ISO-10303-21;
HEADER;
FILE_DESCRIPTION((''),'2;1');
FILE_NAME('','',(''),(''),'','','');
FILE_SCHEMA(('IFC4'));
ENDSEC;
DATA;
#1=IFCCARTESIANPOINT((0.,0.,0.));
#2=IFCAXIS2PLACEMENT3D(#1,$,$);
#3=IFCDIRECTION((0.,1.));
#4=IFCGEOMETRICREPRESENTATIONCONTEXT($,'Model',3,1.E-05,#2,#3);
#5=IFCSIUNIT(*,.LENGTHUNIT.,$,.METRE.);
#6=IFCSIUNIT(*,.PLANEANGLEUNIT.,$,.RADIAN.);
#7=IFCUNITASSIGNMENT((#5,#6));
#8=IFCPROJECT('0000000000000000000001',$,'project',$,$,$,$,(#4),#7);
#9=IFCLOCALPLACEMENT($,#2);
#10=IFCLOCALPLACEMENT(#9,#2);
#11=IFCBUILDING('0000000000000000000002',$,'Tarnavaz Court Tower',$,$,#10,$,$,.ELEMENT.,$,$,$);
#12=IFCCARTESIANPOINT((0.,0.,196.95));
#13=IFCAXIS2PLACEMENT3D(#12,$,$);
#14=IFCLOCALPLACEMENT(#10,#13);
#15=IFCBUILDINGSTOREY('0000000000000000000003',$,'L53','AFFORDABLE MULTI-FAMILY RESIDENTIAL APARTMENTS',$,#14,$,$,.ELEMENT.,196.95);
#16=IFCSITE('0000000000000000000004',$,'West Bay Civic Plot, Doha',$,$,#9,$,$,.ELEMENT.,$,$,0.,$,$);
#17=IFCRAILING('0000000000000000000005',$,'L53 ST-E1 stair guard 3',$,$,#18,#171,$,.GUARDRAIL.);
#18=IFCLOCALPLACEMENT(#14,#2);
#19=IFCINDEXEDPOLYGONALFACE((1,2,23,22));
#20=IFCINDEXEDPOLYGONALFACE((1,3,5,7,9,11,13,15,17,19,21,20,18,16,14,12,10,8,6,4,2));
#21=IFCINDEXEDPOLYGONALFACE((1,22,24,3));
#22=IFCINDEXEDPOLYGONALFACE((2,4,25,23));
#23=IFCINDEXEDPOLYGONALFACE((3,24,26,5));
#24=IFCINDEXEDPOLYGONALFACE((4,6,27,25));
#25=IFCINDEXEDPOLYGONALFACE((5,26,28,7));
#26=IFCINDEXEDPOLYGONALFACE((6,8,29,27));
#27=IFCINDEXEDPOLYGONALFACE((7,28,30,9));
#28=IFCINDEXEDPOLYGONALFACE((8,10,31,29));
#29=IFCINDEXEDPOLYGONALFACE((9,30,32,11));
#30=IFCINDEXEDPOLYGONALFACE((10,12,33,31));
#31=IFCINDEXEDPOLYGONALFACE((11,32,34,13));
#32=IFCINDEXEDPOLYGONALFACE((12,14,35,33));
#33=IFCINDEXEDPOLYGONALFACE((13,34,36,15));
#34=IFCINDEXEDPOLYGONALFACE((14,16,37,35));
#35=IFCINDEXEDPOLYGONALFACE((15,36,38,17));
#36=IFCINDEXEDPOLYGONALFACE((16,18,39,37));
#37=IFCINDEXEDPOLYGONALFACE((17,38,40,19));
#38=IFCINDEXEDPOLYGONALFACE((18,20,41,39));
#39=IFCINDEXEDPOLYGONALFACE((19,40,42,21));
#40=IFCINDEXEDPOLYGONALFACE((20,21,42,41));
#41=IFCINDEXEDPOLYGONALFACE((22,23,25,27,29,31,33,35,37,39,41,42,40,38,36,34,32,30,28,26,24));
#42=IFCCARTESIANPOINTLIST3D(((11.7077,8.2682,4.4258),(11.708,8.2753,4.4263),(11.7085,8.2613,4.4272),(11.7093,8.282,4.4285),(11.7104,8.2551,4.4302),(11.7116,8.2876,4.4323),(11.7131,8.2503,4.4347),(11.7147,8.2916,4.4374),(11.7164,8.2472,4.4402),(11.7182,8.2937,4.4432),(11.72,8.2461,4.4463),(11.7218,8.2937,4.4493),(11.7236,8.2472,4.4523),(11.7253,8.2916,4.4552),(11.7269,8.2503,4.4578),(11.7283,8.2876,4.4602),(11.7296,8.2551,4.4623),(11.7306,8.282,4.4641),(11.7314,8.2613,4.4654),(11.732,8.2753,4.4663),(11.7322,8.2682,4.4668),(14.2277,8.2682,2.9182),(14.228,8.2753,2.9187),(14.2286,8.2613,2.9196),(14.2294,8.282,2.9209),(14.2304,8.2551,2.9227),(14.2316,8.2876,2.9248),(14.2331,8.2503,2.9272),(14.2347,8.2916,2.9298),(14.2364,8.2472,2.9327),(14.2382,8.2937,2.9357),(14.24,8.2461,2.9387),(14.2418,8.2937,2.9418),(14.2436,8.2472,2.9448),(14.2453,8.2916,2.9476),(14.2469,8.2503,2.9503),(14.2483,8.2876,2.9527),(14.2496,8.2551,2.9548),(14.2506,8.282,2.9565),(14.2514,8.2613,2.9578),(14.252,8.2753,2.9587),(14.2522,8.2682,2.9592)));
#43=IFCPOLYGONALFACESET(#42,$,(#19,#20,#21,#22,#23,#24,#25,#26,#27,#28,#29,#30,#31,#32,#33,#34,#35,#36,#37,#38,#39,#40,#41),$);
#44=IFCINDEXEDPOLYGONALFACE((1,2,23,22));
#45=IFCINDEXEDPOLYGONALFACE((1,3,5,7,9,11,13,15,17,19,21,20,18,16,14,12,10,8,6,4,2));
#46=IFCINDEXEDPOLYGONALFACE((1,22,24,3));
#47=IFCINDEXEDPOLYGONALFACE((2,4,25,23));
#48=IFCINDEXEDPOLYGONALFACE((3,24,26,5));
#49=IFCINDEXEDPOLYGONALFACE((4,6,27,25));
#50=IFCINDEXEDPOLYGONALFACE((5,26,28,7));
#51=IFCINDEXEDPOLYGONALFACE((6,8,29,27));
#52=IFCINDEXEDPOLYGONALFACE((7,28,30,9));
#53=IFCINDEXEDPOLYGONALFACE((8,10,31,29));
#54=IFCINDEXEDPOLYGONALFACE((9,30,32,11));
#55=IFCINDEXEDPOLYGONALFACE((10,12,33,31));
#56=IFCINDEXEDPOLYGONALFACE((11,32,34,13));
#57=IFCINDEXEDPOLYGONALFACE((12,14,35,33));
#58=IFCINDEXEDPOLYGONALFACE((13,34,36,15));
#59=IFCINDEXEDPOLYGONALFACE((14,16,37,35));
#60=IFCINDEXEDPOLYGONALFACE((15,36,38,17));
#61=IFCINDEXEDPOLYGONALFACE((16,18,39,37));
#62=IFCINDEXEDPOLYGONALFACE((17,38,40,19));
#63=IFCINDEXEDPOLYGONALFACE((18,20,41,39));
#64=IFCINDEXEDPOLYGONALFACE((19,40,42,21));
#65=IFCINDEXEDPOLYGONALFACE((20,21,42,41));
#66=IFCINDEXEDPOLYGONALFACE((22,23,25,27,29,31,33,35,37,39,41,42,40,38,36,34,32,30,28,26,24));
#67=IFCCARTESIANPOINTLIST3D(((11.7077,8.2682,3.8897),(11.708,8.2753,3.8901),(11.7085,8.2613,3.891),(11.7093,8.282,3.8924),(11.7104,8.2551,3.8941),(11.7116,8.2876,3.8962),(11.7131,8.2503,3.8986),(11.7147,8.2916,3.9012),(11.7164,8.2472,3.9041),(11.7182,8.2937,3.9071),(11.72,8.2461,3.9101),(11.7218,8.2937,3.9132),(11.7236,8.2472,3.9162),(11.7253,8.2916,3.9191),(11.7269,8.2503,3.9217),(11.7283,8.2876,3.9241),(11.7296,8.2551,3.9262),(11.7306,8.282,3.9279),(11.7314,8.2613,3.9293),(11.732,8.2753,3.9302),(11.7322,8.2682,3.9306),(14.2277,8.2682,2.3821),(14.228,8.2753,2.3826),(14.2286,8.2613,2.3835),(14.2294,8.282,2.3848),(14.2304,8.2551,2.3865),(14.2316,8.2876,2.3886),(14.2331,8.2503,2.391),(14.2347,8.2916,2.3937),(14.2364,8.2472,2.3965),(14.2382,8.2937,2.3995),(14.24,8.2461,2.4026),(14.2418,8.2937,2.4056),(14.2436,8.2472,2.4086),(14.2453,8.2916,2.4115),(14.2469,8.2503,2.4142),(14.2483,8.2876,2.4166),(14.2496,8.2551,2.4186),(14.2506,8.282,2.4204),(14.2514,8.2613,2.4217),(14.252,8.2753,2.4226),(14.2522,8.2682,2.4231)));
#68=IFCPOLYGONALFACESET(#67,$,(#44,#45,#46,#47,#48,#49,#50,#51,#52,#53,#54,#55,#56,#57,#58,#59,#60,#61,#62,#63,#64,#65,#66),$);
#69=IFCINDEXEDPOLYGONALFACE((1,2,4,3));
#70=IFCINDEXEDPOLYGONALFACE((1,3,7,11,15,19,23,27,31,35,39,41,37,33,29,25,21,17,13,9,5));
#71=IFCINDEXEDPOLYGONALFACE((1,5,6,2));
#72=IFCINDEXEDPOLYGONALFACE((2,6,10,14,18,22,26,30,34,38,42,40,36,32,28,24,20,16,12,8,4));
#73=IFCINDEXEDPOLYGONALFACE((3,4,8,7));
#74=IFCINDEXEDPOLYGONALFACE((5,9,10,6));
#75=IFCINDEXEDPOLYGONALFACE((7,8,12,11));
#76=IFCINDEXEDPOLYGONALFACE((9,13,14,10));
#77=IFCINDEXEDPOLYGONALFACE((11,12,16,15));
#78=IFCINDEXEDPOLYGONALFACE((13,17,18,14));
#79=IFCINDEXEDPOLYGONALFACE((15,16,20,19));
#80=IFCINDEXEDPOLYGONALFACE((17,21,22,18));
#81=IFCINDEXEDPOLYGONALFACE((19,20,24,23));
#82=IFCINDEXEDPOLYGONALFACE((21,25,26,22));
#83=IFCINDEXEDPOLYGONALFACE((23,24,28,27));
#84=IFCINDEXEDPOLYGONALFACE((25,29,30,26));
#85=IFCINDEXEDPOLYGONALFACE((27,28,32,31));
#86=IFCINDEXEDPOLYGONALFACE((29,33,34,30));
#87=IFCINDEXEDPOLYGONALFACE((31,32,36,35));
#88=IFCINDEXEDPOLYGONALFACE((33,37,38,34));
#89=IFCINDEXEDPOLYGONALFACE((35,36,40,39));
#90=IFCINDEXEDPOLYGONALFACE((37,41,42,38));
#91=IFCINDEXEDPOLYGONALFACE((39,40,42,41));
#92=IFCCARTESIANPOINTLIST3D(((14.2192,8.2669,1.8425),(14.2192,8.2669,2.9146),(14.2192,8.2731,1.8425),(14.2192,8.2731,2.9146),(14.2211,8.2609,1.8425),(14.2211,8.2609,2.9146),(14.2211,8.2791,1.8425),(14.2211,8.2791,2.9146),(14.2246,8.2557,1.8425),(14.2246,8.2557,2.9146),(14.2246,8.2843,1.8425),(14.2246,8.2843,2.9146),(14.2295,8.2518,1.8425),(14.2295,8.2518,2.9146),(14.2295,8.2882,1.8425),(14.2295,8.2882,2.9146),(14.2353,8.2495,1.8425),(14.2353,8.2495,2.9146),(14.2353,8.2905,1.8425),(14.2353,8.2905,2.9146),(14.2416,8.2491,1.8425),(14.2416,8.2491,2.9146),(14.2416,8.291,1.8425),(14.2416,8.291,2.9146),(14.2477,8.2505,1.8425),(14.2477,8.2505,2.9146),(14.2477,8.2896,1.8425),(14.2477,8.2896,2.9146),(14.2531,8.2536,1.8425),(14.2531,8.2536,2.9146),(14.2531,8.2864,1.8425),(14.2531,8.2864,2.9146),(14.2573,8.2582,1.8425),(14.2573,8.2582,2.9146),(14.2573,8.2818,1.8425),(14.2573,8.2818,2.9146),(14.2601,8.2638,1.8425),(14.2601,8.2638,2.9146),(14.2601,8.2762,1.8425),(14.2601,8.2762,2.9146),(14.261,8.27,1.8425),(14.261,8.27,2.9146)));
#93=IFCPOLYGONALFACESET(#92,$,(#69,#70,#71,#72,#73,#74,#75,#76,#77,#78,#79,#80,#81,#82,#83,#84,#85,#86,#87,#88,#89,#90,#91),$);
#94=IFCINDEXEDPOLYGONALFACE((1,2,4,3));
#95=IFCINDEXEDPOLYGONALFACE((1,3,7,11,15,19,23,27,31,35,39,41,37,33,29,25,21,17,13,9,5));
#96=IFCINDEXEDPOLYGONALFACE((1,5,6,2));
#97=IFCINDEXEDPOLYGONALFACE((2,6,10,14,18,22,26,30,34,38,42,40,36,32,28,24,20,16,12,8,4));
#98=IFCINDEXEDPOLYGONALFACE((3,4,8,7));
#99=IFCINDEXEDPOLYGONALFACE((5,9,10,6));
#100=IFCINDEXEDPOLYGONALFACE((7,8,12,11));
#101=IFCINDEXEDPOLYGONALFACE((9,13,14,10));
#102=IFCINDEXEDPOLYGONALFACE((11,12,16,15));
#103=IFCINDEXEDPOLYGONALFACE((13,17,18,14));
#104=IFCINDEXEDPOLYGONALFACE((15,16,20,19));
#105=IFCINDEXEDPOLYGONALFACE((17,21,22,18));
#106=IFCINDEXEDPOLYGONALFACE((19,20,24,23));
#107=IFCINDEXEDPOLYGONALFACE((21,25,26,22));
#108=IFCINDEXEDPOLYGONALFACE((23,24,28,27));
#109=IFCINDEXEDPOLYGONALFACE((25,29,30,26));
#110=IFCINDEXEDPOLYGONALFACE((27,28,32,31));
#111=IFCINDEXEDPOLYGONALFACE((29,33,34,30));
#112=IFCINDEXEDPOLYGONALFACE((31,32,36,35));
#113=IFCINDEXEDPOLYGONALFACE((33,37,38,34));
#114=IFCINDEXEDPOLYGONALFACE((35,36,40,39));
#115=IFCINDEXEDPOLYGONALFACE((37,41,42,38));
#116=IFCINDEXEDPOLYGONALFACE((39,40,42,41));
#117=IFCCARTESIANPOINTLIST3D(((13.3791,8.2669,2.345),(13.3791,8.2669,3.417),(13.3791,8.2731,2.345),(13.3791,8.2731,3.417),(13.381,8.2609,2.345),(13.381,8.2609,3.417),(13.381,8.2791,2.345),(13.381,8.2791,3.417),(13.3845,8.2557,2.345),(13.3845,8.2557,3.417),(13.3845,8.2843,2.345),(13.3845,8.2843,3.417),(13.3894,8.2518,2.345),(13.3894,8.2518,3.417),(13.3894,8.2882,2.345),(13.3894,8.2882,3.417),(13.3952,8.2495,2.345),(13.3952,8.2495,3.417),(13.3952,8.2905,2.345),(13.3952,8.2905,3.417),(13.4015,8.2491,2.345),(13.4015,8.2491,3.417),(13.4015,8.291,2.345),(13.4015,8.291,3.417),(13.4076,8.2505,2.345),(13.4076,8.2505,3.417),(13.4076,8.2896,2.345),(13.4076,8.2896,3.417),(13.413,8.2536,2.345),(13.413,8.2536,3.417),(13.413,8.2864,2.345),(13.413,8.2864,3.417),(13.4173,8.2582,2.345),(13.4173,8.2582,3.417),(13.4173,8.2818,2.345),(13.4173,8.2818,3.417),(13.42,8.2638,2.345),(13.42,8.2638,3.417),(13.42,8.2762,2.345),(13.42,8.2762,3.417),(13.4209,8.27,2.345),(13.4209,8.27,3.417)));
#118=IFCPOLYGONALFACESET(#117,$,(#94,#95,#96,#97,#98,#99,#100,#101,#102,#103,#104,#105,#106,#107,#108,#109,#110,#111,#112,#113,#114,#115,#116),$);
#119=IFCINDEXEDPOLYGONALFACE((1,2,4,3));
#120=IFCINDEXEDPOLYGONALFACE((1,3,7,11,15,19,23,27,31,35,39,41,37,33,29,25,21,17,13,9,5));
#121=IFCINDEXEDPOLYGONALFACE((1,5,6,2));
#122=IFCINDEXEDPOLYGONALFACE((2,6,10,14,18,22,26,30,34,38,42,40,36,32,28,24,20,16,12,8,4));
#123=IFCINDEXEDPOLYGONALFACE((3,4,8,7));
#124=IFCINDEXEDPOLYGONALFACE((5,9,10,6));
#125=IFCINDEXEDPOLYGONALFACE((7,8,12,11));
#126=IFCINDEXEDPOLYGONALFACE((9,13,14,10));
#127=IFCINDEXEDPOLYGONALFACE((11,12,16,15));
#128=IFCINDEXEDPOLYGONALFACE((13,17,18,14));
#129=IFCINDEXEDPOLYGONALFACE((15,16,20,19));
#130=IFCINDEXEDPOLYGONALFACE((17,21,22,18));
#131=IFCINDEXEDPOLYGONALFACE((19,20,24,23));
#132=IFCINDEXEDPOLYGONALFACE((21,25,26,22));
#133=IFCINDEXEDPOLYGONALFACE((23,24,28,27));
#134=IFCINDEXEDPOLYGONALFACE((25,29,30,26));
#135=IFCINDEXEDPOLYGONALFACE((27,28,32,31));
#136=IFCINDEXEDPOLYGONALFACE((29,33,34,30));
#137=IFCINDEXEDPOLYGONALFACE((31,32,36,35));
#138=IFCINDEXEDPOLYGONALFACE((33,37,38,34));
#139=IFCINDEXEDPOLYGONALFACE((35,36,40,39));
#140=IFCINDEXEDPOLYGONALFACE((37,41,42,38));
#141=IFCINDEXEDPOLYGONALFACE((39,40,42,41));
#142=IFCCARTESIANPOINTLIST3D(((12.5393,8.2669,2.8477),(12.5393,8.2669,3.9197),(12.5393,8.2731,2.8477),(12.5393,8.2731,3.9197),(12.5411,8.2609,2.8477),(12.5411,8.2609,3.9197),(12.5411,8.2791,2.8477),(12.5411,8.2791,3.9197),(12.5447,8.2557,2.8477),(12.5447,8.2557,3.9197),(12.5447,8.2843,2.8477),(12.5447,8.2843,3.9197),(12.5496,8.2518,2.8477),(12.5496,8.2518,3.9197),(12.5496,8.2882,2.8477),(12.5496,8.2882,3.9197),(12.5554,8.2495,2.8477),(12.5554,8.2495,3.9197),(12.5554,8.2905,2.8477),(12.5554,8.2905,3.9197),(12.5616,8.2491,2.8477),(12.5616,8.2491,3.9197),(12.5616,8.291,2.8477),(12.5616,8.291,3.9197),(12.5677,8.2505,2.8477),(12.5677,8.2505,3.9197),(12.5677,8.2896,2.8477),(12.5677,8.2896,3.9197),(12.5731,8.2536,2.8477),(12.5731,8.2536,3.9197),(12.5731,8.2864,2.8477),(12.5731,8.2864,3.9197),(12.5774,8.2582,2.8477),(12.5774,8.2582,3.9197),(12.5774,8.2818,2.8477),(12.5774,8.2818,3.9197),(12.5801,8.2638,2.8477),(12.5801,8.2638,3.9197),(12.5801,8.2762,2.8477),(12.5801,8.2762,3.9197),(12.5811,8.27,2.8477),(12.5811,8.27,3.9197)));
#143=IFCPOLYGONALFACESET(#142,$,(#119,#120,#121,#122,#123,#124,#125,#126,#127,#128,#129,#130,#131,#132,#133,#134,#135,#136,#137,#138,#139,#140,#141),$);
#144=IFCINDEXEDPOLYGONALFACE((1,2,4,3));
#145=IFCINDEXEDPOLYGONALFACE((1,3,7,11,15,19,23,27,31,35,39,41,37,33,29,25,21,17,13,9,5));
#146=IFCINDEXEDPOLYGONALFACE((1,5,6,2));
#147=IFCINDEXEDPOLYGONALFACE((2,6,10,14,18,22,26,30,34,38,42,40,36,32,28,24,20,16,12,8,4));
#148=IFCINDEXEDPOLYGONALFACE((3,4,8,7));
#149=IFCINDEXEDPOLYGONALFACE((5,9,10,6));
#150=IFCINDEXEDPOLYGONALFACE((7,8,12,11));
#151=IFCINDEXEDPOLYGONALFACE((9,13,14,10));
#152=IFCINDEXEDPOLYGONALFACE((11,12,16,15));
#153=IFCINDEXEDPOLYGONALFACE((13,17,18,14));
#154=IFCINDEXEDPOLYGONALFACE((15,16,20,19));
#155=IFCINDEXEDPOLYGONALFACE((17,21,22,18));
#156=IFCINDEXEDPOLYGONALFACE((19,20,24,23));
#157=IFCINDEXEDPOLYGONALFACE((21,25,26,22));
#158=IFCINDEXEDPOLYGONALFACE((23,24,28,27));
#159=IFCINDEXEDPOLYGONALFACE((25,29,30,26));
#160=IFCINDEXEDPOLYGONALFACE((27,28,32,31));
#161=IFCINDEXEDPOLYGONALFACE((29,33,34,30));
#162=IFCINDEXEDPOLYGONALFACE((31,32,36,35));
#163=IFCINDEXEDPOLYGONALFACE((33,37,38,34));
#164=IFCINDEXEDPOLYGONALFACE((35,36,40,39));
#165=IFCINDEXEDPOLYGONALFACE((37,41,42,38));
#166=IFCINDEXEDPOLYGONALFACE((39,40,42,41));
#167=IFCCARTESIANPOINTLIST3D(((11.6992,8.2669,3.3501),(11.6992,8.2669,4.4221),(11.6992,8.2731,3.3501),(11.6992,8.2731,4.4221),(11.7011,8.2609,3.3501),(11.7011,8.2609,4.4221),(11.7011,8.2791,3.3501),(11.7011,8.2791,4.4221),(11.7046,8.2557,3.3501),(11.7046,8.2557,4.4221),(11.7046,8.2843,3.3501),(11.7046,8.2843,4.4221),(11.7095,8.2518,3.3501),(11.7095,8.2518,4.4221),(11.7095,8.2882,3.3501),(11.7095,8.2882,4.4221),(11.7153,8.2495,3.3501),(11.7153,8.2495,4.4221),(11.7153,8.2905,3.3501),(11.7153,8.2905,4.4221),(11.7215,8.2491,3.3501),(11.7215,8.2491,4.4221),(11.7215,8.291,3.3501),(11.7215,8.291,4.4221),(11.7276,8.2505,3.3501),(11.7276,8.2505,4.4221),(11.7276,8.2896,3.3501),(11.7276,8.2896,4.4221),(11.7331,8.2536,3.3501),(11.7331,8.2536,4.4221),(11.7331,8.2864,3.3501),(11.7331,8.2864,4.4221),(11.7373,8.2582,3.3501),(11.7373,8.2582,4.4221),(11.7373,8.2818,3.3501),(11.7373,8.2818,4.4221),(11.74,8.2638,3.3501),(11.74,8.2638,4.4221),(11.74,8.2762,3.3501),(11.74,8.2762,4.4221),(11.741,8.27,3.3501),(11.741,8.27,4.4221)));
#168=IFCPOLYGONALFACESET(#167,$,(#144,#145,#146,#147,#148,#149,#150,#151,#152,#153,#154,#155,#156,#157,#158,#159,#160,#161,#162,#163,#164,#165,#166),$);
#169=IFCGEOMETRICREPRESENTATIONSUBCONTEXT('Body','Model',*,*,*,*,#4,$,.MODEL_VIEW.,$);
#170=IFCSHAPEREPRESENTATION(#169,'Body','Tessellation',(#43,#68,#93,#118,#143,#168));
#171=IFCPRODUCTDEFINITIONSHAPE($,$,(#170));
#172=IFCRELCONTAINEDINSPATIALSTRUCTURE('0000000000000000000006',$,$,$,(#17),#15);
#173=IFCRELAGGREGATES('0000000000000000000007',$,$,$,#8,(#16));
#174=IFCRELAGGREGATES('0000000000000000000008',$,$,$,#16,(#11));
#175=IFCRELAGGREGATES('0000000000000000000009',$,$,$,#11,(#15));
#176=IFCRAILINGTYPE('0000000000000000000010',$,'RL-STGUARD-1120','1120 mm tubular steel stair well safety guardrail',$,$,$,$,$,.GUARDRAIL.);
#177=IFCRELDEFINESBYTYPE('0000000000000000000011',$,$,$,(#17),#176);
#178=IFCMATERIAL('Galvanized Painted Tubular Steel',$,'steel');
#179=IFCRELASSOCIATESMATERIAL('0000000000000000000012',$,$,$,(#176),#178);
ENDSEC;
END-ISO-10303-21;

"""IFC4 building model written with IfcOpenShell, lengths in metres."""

from ifc_helpers import new_model, si_unit, direction, frame, origin, origin_2d, place, context, subcontext, project, spatial, circle, extrude, material, type_object, element, save


model = new_model("IFC4")

# Units and contexts
model_context = context("Model", 3, precision=1e-05, world=origin(), true_north=direction((0.0, 1.0)))
body_context = subcontext(model_context, "Body", "Model", "MODEL_VIEW")
ifc_project = project(units=[si_unit("LENGTHUNIT", "METRE"), si_unit("PLANEANGLEUNIT", "RADIAN")], contexts=[model_context])

# Site, building, storey
site_placement = place(None, origin())
site = spatial("IfcSite", under=ifc_project, at=site_placement, Name="West Bay Civic Plot, Doha", CompositionType="ELEMENT", RefElevation=0.0)
building_placement = place(site_placement, origin())
building = spatial("IfcBuilding", under=site, at=building_placement, Name="Tarnavaz Court Tower", CompositionType="ELEMENT")
storey_placement = place(building_placement, frame((0.0, 0.0, 196.95)))
storey = spatial("IfcBuildingStorey", under=building, at=storey_placement, Name="L53", Description="AFFORDABLE MULTI-FAMILY RESIDENTIAL APARTMENTS", CompositionType="ELEMENT", Elevation=196.95)

# Railing
ifc_material_1 = material(Name="Galvanized Painted Tubular Steel", Category="steel")
railing_type_1 = type_object("IfcRailingType", Name="RL-STGUARD-1120", Description="1120 mm tubular steel stair well safety guardrail", PredefinedType="GUARDRAIL", material=ifc_material_1)
railing_1_placement = place(storey_placement, frame((14.24, 8.27, 1.8425)))
element("IfcRailing", 1, at=railing_1_placement, inside=storey, type_object=railing_type_1, Name="L53 ST-E1 stair guard 3", PredefinedType="GUARDRAIL", context=body_context, shape_type="SweptSolid", body=[
    extrude(circle(Radius=0.0239, at=origin_2d()), frame((0.0, 0.0, 1.0962), z_axis=(-0.85816, 0.0, 0.513383), x_axis=(0.0, -1.0, 0.0)), (0.0, 0.0, 1.0), 2.9365),
    extrude(circle(Radius=0.0239, at=origin_2d()), frame((0.0, 0.0, 0.5601), z_axis=(-0.85816, 0.0, 0.513383), x_axis=(0.0, -1.0, 0.0)), (0.0, 0.0, 1.0), 2.9365),
    extrude(circle(Radius=0.021, at=origin_2d()), origin(), (0.0, 0.0, 1.0), 1.072),
    extrude(circle(Radius=0.021, at=origin_2d()), frame((-0.8401, 0.0, 0.5024)), (0.0, 0.0, 1.0), 1.072),
    extrude(circle(Radius=0.021, at=origin_2d()), frame((-1.6799, 0.0, 1.0051)), (0.0, 0.0, 1.0), 1.072),
    extrude(circle(Radius=0.021, at=origin_2d()), frame((-2.52, 0.0, 1.5076)), (0.0, 0.0, 1.0), 1.072),
])

save(model, "model.ifc")
